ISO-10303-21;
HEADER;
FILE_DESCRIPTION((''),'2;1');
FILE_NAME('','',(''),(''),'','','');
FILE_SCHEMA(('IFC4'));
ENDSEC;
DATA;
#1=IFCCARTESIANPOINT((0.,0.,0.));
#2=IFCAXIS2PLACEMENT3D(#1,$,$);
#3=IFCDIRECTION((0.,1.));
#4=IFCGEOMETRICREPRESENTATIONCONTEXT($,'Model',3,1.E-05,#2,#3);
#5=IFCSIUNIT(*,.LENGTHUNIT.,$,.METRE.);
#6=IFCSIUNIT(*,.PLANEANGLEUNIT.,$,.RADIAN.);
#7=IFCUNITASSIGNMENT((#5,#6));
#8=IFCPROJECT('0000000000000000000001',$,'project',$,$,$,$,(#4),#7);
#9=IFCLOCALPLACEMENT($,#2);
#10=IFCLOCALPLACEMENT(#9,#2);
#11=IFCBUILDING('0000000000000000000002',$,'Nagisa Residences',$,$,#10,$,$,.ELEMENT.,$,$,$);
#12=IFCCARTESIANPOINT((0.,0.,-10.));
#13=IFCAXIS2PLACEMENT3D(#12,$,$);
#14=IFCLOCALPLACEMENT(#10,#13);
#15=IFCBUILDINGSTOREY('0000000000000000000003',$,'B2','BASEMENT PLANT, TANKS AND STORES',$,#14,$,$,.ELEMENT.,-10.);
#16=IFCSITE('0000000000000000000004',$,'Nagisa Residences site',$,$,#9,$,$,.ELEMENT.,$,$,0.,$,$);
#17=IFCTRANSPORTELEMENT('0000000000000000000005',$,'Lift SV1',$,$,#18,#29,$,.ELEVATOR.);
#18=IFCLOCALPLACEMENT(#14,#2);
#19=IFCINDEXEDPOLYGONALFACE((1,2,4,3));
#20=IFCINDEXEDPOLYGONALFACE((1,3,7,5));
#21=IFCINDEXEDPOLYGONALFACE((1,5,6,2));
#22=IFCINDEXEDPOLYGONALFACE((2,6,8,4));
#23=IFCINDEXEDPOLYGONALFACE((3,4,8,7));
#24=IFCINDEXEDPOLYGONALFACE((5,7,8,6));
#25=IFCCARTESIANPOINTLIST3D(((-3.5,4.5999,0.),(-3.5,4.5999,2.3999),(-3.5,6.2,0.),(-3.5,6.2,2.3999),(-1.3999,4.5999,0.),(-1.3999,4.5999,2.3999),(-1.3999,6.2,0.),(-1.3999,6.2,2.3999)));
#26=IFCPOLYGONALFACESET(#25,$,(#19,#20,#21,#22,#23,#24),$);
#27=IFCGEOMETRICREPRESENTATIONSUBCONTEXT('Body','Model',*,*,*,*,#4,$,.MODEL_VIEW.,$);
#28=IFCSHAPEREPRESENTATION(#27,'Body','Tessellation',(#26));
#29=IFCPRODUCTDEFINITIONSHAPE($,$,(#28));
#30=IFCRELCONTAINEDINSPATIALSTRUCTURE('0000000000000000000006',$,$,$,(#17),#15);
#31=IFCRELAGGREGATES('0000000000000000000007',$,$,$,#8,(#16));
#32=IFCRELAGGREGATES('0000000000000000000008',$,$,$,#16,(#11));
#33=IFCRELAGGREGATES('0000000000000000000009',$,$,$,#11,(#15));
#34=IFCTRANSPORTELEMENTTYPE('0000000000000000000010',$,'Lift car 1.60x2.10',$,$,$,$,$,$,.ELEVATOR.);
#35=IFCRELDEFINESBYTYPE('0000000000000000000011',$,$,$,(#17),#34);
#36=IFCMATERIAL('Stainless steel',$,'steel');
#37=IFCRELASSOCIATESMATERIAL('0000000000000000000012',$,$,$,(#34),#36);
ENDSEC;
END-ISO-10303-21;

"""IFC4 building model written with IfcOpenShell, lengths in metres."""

from ifc_helpers import new_model, si_unit, direction, frame, origin, origin_2d, place, context, subcontext, project, spatial, rectangle, extrude, material, type_object, element, save


model = new_model("IFC4")

# Units and contexts
model_context = context("Model", 3, precision=1e-05, world=origin(), true_north=direction((0.0, 1.0)))
body_context = subcontext(model_context, "Body", "Model", "MODEL_VIEW")
ifc_project = project(units=[si_unit("LENGTHUNIT", "METRE"), si_unit("PLANEANGLEUNIT", "RADIAN")], contexts=[model_context])

# Site, building, storey
site_placement = place(None, origin())
site = spatial("IfcSite", under=ifc_project, at=site_placement, Name="Nagisa Residences site", CompositionType="ELEMENT", RefElevation=0.0)
building_placement = place(site_placement, origin())
building = spatial("IfcBuilding", under=site, at=building_placement, Name="Nagisa Residences", CompositionType="ELEMENT")
storey_placement = place(building_placement, frame((0.0, 0.0, -10.0)))
storey = spatial("IfcBuildingStorey", under=building, at=storey_placement, Name="B2", Description="BASEMENT PLANT, TANKS AND STORES", CompositionType="ELEMENT", Elevation=-10.0)

# Transport element
ifc_material_1 = material(Name="Stainless steel", Category="steel")
transport_element_type_1 = type_object("IfcTransportElementType", Name="Lift car 1.60x2.10", PredefinedType="ELEVATOR", material=ifc_material_1)
transport_element_placement = place(storey_placement, frame((-2.45, 5.3999, 0.0), z_axis=(0.0, 0.0, 1.0), x_axis=(1.0, 0.0, 0.0)))
element("IfcTransportElement", 1, at=transport_element_placement, inside=storey, type_object=transport_element_type_1, Name="Lift SV1", PredefinedType="ELEVATOR", context=body_context, shape_type="SweptSolid", body=[
    extrude(rectangle(XDim=2.1001, YDim=1.6001, at=origin_2d()), origin(), (0.0, 0.0, 1.0), 2.3999),
])

save(model, "model.ifc")
